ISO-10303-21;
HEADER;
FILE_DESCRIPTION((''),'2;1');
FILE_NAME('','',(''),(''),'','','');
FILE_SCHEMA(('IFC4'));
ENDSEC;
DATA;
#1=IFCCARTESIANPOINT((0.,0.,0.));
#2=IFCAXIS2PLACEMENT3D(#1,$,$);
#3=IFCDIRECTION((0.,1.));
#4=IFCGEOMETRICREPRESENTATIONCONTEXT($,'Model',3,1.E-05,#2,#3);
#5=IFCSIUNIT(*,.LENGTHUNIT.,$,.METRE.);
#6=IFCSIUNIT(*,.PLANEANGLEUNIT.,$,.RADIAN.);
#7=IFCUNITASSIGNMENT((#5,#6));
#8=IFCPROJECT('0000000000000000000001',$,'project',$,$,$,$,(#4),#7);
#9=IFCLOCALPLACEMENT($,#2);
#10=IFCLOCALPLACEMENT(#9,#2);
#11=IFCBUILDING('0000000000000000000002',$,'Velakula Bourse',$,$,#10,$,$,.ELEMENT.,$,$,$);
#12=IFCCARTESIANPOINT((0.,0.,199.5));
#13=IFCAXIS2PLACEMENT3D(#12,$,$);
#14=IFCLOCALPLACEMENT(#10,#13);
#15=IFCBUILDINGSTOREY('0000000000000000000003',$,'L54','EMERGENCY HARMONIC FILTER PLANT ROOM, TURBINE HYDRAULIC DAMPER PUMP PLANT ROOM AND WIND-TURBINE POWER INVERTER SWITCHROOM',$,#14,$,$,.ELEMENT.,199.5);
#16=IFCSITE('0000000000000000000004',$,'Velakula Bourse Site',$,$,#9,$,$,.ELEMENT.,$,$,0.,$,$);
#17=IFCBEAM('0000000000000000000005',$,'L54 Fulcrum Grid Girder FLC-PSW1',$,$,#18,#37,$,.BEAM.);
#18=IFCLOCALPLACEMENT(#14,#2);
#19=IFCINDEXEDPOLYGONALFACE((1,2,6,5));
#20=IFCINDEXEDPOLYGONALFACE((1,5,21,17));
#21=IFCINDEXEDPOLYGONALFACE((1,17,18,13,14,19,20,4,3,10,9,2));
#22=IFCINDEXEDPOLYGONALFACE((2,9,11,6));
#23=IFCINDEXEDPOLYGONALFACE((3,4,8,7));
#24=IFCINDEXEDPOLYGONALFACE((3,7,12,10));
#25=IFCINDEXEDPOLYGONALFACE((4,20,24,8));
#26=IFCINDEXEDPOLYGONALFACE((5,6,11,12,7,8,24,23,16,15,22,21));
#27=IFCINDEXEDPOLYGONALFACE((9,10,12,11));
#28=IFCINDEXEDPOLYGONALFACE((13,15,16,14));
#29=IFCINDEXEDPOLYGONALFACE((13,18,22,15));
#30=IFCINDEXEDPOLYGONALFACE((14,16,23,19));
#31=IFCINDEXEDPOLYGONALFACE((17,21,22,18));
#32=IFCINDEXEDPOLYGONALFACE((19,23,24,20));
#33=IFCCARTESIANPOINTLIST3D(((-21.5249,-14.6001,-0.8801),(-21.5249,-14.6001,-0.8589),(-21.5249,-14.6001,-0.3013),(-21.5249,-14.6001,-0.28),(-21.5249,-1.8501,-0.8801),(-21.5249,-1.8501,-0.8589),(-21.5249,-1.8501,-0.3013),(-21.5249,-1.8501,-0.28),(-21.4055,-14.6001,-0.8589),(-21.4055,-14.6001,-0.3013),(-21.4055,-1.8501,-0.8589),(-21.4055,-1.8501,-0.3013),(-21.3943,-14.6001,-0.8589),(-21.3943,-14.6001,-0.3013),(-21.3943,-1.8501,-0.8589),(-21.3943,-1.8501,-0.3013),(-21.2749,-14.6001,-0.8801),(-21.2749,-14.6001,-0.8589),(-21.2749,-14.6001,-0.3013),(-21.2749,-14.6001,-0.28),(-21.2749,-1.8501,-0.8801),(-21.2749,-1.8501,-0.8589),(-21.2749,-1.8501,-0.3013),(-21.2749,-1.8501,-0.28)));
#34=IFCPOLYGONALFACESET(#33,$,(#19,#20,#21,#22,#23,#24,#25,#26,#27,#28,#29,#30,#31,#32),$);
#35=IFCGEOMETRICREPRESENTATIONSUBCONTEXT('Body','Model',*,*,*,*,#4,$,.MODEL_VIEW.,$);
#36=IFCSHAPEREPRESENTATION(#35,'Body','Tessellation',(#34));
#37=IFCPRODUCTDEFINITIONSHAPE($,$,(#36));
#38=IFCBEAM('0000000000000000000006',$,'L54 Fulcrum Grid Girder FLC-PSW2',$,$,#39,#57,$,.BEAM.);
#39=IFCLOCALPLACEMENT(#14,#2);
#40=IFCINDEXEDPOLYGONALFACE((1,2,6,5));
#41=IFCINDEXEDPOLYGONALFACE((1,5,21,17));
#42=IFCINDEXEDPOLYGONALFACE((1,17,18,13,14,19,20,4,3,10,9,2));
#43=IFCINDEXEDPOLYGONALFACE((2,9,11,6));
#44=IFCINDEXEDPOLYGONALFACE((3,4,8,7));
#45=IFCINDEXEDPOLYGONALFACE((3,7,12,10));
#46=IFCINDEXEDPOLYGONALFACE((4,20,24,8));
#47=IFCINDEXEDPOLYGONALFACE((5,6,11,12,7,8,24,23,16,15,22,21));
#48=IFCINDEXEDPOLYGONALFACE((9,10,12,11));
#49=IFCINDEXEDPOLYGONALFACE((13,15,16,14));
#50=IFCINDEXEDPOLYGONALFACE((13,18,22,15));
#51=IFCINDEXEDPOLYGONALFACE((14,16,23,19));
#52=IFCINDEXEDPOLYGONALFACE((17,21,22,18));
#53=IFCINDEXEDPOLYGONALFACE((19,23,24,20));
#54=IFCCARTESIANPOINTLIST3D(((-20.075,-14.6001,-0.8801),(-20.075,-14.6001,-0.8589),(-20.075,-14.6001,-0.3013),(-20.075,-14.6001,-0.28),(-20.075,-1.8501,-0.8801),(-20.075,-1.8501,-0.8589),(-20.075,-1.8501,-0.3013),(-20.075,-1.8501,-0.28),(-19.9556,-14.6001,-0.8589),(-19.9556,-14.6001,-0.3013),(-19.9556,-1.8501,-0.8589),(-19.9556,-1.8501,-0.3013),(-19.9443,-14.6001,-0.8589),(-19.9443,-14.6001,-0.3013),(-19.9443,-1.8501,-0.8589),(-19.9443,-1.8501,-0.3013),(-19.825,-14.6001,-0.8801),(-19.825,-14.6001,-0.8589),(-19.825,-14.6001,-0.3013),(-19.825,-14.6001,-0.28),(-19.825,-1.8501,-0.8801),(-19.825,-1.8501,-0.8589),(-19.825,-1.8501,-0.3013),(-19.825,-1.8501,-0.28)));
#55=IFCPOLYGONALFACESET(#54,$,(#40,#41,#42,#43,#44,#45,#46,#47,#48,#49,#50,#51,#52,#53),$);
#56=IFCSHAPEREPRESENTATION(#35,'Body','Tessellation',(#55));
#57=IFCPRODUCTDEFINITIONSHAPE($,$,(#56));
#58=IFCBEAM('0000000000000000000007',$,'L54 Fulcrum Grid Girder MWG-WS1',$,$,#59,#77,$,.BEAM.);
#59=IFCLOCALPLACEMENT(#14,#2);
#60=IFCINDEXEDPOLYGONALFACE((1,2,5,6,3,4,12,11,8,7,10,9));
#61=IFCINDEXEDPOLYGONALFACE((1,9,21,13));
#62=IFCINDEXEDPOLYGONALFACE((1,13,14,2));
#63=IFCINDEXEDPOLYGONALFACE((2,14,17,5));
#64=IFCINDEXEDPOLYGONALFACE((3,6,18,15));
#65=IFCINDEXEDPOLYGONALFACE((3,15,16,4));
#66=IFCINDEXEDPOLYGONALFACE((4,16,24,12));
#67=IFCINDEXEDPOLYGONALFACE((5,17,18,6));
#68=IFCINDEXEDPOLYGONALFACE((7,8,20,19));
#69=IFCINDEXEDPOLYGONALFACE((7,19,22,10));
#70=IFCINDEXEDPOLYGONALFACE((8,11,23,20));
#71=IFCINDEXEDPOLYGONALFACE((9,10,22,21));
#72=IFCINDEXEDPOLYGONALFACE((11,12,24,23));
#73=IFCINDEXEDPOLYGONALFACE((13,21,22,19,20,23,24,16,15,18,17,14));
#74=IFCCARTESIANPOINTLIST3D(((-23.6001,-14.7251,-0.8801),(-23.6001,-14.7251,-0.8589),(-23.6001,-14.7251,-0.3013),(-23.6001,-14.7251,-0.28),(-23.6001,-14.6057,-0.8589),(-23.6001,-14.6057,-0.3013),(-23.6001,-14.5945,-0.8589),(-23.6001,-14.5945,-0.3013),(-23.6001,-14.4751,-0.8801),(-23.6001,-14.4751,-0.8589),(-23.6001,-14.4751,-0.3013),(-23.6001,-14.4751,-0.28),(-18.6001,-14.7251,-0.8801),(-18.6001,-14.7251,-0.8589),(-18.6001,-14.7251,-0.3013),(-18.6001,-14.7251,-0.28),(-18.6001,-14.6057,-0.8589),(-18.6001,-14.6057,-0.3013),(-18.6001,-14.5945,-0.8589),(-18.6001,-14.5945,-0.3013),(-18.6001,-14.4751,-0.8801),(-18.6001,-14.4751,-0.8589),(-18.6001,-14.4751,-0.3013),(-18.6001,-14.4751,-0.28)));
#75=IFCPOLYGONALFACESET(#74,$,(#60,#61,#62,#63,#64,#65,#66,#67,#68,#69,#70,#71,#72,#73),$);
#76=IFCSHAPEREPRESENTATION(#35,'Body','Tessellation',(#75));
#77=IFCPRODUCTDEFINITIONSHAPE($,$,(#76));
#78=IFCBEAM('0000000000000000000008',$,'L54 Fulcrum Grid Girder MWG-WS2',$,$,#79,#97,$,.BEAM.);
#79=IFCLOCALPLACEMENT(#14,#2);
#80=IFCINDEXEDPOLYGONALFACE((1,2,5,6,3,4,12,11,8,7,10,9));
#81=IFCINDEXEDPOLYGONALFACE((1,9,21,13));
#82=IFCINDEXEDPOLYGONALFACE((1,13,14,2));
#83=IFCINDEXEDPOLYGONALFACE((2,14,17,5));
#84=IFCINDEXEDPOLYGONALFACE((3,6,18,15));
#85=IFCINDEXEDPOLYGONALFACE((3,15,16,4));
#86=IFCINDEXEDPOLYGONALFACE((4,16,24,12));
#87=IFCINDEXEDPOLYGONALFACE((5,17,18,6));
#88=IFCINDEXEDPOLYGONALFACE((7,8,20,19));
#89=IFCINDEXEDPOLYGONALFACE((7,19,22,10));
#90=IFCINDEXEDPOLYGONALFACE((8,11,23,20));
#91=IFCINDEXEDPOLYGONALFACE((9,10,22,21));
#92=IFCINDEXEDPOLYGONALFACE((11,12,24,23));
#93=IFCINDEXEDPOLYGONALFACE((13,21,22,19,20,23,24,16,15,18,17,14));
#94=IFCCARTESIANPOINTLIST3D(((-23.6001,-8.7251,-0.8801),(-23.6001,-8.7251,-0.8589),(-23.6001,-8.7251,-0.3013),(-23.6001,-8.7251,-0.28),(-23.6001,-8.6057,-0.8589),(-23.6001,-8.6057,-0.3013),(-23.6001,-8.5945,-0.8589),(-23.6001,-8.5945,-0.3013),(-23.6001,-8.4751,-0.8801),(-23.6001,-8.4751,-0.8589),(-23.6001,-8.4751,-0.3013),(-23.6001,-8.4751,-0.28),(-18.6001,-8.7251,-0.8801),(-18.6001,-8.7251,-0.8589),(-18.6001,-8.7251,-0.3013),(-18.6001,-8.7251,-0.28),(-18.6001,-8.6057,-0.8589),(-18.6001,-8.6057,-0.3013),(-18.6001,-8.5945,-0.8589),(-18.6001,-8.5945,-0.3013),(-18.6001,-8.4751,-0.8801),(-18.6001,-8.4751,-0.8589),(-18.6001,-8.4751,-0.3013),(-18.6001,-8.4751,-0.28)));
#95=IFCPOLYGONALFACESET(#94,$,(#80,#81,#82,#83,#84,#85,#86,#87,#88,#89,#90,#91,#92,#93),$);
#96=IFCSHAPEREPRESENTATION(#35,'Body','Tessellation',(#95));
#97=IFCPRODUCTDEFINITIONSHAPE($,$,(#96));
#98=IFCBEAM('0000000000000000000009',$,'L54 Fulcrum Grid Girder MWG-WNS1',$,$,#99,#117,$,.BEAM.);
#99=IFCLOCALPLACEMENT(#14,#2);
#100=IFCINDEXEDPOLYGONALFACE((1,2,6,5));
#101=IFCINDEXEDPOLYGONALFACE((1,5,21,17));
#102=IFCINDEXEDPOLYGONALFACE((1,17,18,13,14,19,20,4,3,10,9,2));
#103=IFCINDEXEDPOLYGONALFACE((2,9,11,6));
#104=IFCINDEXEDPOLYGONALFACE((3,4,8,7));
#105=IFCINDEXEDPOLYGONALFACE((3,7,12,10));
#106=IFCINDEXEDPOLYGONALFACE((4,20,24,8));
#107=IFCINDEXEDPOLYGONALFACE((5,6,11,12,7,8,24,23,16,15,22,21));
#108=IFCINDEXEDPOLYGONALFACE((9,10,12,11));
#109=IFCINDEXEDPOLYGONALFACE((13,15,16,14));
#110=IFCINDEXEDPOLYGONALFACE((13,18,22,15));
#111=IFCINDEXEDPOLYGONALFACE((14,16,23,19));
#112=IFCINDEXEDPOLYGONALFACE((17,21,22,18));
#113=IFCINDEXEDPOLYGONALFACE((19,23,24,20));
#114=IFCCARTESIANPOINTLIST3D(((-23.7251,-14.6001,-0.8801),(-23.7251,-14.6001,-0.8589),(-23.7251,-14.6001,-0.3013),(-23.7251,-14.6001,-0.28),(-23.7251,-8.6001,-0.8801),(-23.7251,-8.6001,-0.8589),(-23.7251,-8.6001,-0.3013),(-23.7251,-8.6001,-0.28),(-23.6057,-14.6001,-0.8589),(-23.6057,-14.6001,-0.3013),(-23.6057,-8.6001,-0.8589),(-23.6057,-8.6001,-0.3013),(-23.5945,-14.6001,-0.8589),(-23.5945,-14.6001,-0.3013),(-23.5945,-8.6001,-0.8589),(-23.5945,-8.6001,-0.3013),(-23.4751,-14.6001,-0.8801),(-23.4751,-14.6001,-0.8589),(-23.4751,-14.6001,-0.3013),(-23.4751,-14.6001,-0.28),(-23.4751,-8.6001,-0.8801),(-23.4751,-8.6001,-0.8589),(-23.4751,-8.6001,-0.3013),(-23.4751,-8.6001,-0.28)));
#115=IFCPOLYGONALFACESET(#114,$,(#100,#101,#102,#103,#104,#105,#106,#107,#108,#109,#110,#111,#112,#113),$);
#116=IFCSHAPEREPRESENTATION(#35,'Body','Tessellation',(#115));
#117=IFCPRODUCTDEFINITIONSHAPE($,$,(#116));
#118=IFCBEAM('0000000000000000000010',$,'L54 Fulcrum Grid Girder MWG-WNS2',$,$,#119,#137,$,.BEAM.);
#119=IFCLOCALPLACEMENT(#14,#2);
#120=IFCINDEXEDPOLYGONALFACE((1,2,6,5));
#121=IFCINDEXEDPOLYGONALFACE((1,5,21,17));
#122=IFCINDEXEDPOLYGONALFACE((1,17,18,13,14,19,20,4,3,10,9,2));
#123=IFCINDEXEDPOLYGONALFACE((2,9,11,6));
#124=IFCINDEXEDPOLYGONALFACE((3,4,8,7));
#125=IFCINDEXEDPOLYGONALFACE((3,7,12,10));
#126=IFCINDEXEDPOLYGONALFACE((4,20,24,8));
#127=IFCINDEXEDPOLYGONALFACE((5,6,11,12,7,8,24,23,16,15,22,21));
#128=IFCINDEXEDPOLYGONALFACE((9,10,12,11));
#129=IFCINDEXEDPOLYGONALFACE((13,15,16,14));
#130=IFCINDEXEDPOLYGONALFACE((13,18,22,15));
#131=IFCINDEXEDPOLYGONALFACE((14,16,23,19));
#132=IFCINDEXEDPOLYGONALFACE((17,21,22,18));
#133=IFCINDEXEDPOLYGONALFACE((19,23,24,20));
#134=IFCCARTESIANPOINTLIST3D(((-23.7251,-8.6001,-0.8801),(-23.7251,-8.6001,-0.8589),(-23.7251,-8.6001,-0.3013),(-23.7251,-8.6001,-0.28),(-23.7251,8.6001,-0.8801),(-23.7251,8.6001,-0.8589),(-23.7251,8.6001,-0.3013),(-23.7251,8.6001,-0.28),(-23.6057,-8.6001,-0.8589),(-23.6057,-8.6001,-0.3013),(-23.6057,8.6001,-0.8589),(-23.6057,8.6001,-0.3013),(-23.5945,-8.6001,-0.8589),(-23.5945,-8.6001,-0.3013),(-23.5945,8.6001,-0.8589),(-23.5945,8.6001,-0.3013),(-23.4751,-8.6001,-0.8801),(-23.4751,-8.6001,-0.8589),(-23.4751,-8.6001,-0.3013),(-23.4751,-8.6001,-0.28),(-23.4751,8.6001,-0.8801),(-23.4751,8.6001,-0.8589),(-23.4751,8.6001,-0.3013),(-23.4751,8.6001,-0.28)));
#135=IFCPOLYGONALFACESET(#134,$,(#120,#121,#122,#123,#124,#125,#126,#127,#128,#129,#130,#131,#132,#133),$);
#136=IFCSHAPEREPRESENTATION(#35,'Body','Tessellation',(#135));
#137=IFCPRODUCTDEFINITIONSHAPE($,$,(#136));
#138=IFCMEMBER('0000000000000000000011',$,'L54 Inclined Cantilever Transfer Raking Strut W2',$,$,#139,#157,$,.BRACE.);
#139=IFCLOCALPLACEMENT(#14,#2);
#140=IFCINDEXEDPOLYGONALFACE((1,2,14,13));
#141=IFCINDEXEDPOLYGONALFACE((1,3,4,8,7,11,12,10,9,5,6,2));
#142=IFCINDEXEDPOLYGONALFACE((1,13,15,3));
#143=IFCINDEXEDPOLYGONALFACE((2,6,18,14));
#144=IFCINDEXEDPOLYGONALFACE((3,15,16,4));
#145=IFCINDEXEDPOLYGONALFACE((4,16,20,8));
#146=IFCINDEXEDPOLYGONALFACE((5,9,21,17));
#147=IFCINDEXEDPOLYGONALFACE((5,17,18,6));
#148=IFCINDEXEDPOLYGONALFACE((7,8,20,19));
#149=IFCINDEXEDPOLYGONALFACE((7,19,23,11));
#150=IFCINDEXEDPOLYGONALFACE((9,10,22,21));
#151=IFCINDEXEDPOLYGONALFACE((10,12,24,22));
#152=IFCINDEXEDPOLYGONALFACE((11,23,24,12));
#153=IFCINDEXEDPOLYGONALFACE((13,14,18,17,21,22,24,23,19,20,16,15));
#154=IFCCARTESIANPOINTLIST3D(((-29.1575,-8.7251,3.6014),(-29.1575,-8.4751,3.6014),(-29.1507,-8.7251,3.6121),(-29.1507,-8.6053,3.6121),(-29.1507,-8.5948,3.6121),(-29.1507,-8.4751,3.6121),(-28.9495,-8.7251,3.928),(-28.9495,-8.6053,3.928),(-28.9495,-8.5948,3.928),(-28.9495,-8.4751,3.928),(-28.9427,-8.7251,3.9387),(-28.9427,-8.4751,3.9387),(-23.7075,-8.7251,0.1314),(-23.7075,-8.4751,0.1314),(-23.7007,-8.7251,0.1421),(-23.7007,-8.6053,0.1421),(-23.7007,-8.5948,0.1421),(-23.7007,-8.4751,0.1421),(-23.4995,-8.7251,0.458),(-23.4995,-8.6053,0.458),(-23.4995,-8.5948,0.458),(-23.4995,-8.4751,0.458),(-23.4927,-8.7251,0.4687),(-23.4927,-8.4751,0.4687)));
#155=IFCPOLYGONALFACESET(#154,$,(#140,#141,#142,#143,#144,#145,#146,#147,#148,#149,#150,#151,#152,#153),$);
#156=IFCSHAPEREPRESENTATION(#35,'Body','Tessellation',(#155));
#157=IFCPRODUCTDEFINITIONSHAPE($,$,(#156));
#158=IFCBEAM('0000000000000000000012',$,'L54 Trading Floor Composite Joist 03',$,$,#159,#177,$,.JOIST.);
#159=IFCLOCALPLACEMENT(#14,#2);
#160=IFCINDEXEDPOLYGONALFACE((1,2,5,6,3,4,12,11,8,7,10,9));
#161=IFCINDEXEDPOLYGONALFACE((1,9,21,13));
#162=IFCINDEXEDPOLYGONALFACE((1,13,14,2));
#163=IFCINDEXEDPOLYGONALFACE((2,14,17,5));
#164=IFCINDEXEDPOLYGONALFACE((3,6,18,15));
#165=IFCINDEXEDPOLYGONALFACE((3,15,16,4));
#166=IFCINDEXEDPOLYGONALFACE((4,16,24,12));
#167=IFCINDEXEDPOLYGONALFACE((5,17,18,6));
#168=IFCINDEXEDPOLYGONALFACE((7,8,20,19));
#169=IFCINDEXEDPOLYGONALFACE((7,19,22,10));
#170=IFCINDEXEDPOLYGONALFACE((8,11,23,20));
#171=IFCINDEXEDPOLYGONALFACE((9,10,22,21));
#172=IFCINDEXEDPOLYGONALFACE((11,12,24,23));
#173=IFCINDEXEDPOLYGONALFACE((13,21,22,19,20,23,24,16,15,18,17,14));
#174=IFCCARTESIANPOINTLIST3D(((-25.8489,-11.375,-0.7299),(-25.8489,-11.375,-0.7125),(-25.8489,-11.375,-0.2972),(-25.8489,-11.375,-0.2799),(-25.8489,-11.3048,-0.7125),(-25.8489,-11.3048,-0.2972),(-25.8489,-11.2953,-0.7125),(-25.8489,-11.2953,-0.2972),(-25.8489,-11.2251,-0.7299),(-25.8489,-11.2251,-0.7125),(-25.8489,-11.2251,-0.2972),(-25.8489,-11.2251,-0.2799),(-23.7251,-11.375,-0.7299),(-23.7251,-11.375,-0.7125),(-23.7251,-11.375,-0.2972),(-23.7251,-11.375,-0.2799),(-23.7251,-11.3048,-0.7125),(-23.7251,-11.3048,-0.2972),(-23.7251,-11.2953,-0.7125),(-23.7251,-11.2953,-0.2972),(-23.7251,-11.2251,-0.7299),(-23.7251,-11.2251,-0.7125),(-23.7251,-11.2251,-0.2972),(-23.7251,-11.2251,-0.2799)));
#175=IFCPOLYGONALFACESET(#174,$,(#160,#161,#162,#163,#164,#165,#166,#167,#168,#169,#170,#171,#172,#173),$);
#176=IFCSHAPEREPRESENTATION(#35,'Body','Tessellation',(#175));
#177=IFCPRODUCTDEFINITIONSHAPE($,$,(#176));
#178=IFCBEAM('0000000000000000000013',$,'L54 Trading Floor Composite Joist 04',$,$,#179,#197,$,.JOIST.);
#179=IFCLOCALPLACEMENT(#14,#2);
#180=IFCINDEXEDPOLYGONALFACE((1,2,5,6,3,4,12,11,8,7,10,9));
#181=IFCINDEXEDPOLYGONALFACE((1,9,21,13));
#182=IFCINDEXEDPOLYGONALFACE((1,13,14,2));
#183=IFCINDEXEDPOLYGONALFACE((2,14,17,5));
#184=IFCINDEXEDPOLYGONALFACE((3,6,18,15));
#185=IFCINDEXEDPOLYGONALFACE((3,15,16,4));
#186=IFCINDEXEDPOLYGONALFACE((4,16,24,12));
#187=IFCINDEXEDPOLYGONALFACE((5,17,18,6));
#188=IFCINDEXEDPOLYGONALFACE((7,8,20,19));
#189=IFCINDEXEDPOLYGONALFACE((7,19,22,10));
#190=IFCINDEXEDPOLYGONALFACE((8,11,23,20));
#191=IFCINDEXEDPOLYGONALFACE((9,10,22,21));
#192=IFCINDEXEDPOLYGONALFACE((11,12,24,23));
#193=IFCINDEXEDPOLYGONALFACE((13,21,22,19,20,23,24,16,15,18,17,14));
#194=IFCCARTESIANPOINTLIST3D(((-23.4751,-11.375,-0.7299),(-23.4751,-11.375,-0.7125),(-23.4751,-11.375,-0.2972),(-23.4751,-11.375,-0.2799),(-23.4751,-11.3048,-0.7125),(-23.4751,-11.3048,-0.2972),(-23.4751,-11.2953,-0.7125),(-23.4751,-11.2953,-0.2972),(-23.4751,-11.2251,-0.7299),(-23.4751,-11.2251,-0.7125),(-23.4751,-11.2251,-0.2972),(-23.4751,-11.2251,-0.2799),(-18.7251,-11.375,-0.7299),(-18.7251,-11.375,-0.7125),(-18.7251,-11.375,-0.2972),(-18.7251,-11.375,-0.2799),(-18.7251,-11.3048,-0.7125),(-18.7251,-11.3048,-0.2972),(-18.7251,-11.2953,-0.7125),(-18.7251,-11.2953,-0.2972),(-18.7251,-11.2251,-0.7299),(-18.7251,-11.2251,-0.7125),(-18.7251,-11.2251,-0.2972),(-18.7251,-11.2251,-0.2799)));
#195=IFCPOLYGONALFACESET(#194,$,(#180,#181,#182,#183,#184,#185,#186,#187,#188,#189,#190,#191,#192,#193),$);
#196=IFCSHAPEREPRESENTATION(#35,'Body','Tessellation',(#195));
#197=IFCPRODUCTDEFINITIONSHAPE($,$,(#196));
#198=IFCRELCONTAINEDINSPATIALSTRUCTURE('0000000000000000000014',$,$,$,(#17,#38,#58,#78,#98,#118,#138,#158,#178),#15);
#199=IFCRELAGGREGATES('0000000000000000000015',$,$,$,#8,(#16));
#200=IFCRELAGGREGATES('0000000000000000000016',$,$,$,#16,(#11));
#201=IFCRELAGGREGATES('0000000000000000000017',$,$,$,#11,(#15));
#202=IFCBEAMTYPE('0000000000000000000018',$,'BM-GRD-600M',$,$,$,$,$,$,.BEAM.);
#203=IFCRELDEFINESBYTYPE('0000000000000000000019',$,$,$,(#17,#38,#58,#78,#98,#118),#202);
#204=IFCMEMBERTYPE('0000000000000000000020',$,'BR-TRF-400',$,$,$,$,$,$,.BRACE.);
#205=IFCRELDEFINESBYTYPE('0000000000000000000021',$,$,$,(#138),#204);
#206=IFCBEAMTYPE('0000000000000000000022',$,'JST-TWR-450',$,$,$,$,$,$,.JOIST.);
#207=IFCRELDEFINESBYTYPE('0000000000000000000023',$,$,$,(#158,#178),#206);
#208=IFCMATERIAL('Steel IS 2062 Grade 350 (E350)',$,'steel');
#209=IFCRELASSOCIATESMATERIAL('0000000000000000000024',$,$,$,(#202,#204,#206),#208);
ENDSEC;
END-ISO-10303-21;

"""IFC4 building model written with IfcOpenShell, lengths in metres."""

from ifc_helpers import new_model, si_unit, direction, frame, origin, origin_2d, place, context, subcontext, project, spatial, i_section, extrude, material, material_profile, profile_set, type_object, element, save


model = new_model("IFC4")

# Units and contexts
model_context = context("Model", 3, precision=1e-05, world=origin(), true_north=direction((0.0, 1.0)))
body_context = subcontext(model_context, "Body", "Model", "MODEL_VIEW")
ifc_project = project(units=[si_unit("LENGTHUNIT", "METRE"), si_unit("PLANEANGLEUNIT", "RADIAN")], contexts=[model_context])

# Site, building, storey
site_placement = place(None, origin())
site = spatial("IfcSite", under=ifc_project, at=site_placement, Name="Velakula Bourse Site", CompositionType="ELEMENT", RefElevation=0.0)
building_placement = place(site_placement, origin())
building = spatial("IfcBuilding", under=site, at=building_placement, Name="Velakula Bourse", CompositionType="ELEMENT")
storey_placement = place(building_placement, frame((0.0, 0.0, 199.5)))
storey = spatial("IfcBuildingStorey", under=building, at=storey_placement, Name="L54", Description="EMERGENCY HARMONIC FILTER PLANT ROOM, TURBINE HYDRAULIC DAMPER PUMP PLANT ROOM AND WIND-TURBINE POWER INVERTER SWITCHROOM", CompositionType="ELEMENT", Elevation=199.5)

# Shared definitions
ifc_material_1 = material(Name="Steel IS 2062 Grade 350 (E350)", Category="steel")

# Beams
ifc_material_profile_1 = material_profile(ifc_material_1, i_section(OverallWidth=0.25, OverallDepth=0.6001, WebThickness=0.0112, FlangeThickness=0.0212, at=origin_2d()), Name="Steel IS 2062 Grade 350 (E350)")
ifc_profile_set_1 = profile_set([ifc_material_profile_1], Name="Steel IS 2062 Grade 350 (E350)")
beam_type_1 = type_object("IfcBeamType", Name="BM-GRD-600M", PredefinedType="BEAM", material=ifc_profile_set_1)
for number, where, z_axis, x_axis, name in (
    (1, (-21.3999, -14.6001, -0.5801), (0.0, 1.0, 0.0), (-1.0, 0.0, 0.0), "L54 Fulcrum Grid Girder FLC-PSW1"),
    (2, (-19.95, -14.6001, -0.5801), (0.0, 1.0, 0.0), (-1.0, 0.0, 0.0), "L54 Fulcrum Grid Girder FLC-PSW2"),
):
    element("IfcBeam", number, at=place(storey_placement, frame(where, z_axis=z_axis, x_axis=x_axis)), inside=storey, type_object=beam_type_1, Name=name, PredefinedType="BEAM", context=body_context, shape_type="SweptSolid", body=[
        extrude(i_section(OverallWidth=0.25, OverallDepth=0.6001, WebThickness=0.0112, FlangeThickness=0.0212, at=origin_2d()), origin(), (0.0, 0.0, 1.0), 12.75),
    ])
for number, where, z_axis, x_axis, name in (
    (3, (-23.6001, -14.6001, -0.5801), (1.0, 0.0, 0.0), (0.0, 1.0, 0.0), "L54 Fulcrum Grid Girder MWG-WS1"),
    (4, (-23.6001, -8.6001, -0.5801), (1.0, 0.0, 0.0), (0.0, 1.0, 0.0), "L54 Fulcrum Grid Girder MWG-WS2"),
):
    element("IfcBeam", number, at=place(storey_placement, frame(where, z_axis=z_axis, x_axis=x_axis)), inside=storey, type_object=beam_type_1, Name=name, PredefinedType="BEAM", context=body_context, shape_type="SweptSolid", body=[
        extrude(i_section(OverallWidth=0.25, OverallDepth=0.6001, WebThickness=0.0112, FlangeThickness=0.0212, at=origin_2d()), origin(), (0.0, 0.0, 1.0), 5.0),
    ])
beam_1_placement = place(storey_placement, frame((-23.6001, -14.6001, -0.5801), z_axis=(0.0, 1.0, 0.0), x_axis=(-1.0, 0.0, 0.0)))
element("IfcBeam", 5, at=beam_1_placement, inside=storey, type_object=beam_type_1, Name="L54 Fulcrum Grid Girder MWG-WNS1", PredefinedType="BEAM", context=body_context, shape_type="SweptSolid", body=[
    extrude(i_section(OverallWidth=0.25, OverallDepth=0.6001, WebThickness=0.0112, FlangeThickness=0.0212, at=origin_2d()), origin(), (0.0, 0.0, 1.0), 6.0),
])
beam_2_placement = place(storey_placement, frame((-23.6001, -8.6001, -0.5801), z_axis=(0.0, 1.0, 0.0), x_axis=(-1.0, 0.0, 0.0)))
element("IfcBeam", 6, at=beam_2_placement, inside=storey, type_object=beam_type_1, Name="L54 Fulcrum Grid Girder MWG-WNS2", PredefinedType="BEAM", context=body_context, shape_type="SweptSolid", body=[
    extrude(i_section(OverallWidth=0.25, OverallDepth=0.6001, WebThickness=0.0112, FlangeThickness=0.0212, at=origin_2d()), origin(), (0.0, 0.0, 1.0), 17.2002),
])

# Member
ifc_material_profile_2 = material_profile(ifc_material_1, i_section(OverallWidth=0.25, OverallDepth=0.3999, WebThickness=0.0105, FlangeThickness=0.0127, at=origin_2d()), Name="Steel IS 2062 Grade 350 (E350)")
ifc_profile_set_2 = profile_set([ifc_material_profile_2], Name="Steel IS 2062 Grade 350 (E350)")
member_type = type_object("IfcMemberType", Name="BR-TRF-400", PredefinedType="BRACE", material=ifc_profile_set_2)
member_placement = place(storey_placement, frame((-23.6001, -8.6001, 0.3), z_axis=(-0.843534, 0.0, 0.537076), x_axis=(0.0, -1.0, 0.0)))
element("IfcMember", 7, at=member_placement, inside=storey, type_object=member_type, Name="L54 Inclined Cantilever Transfer Raking Strut W2", PredefinedType="BRACE", context=body_context, shape_type="SweptSolid", body=[
    extrude(i_section(OverallWidth=0.25, OverallDepth=0.3999, WebThickness=0.0105, FlangeThickness=0.0127, at=origin_2d()), origin(), (0.0, 0.0, 1.0), 6.4609),
])

# Beams
ifc_material_profile_3 = material_profile(ifc_material_1, i_section(OverallWidth=0.1499, OverallDepth=0.45, WebThickness=0.0095, FlangeThickness=0.0173, at=origin_2d()), Name="Steel IS 2062 Grade 350 (E350)")
ifc_profile_set_3 = profile_set([ifc_material_profile_3], Name="Steel IS 2062 Grade 350 (E350)")
beam_type_2 = type_object("IfcBeamType", Name="JST-TWR-450", PredefinedType="JOIST", material=ifc_profile_set_3)
beam_3_placement = place(storey_placement, frame((-25.8489, -11.3, -0.5049), z_axis=(1.0, 0.0, 0.0), x_axis=(0.0, 1.0, 0.0)))
element("IfcBeam", 8, at=beam_3_placement, inside=storey, type_object=beam_type_2, Name="L54 Trading Floor Composite Joist 03", PredefinedType="JOIST", context=body_context, shape_type="SweptSolid", body=[
    extrude(i_section(OverallWidth=0.1499, OverallDepth=0.45, WebThickness=0.0095, FlangeThickness=0.0173, at=origin_2d()), origin(), (0.0, 0.0, 1.0), 2.1238),
])
beam_4_placement = place(storey_placement, frame((-23.4751, -11.3, -0.5049), z_axis=(1.0, 0.0, 0.0), x_axis=(0.0, 1.0, 0.0)))
element("IfcBeam", 9, at=beam_4_placement, inside=storey, type_object=beam_type_2, Name="L54 Trading Floor Composite Joist 04", PredefinedType="JOIST", context=body_context, shape_type="SweptSolid", body=[
    extrude(i_section(OverallWidth=0.1499, OverallDepth=0.45, WebThickness=0.0095, FlangeThickness=0.0173, at=origin_2d()), origin(), (0.0, 0.0, 1.0), 4.75),
])

save(model, "model.ifc")
